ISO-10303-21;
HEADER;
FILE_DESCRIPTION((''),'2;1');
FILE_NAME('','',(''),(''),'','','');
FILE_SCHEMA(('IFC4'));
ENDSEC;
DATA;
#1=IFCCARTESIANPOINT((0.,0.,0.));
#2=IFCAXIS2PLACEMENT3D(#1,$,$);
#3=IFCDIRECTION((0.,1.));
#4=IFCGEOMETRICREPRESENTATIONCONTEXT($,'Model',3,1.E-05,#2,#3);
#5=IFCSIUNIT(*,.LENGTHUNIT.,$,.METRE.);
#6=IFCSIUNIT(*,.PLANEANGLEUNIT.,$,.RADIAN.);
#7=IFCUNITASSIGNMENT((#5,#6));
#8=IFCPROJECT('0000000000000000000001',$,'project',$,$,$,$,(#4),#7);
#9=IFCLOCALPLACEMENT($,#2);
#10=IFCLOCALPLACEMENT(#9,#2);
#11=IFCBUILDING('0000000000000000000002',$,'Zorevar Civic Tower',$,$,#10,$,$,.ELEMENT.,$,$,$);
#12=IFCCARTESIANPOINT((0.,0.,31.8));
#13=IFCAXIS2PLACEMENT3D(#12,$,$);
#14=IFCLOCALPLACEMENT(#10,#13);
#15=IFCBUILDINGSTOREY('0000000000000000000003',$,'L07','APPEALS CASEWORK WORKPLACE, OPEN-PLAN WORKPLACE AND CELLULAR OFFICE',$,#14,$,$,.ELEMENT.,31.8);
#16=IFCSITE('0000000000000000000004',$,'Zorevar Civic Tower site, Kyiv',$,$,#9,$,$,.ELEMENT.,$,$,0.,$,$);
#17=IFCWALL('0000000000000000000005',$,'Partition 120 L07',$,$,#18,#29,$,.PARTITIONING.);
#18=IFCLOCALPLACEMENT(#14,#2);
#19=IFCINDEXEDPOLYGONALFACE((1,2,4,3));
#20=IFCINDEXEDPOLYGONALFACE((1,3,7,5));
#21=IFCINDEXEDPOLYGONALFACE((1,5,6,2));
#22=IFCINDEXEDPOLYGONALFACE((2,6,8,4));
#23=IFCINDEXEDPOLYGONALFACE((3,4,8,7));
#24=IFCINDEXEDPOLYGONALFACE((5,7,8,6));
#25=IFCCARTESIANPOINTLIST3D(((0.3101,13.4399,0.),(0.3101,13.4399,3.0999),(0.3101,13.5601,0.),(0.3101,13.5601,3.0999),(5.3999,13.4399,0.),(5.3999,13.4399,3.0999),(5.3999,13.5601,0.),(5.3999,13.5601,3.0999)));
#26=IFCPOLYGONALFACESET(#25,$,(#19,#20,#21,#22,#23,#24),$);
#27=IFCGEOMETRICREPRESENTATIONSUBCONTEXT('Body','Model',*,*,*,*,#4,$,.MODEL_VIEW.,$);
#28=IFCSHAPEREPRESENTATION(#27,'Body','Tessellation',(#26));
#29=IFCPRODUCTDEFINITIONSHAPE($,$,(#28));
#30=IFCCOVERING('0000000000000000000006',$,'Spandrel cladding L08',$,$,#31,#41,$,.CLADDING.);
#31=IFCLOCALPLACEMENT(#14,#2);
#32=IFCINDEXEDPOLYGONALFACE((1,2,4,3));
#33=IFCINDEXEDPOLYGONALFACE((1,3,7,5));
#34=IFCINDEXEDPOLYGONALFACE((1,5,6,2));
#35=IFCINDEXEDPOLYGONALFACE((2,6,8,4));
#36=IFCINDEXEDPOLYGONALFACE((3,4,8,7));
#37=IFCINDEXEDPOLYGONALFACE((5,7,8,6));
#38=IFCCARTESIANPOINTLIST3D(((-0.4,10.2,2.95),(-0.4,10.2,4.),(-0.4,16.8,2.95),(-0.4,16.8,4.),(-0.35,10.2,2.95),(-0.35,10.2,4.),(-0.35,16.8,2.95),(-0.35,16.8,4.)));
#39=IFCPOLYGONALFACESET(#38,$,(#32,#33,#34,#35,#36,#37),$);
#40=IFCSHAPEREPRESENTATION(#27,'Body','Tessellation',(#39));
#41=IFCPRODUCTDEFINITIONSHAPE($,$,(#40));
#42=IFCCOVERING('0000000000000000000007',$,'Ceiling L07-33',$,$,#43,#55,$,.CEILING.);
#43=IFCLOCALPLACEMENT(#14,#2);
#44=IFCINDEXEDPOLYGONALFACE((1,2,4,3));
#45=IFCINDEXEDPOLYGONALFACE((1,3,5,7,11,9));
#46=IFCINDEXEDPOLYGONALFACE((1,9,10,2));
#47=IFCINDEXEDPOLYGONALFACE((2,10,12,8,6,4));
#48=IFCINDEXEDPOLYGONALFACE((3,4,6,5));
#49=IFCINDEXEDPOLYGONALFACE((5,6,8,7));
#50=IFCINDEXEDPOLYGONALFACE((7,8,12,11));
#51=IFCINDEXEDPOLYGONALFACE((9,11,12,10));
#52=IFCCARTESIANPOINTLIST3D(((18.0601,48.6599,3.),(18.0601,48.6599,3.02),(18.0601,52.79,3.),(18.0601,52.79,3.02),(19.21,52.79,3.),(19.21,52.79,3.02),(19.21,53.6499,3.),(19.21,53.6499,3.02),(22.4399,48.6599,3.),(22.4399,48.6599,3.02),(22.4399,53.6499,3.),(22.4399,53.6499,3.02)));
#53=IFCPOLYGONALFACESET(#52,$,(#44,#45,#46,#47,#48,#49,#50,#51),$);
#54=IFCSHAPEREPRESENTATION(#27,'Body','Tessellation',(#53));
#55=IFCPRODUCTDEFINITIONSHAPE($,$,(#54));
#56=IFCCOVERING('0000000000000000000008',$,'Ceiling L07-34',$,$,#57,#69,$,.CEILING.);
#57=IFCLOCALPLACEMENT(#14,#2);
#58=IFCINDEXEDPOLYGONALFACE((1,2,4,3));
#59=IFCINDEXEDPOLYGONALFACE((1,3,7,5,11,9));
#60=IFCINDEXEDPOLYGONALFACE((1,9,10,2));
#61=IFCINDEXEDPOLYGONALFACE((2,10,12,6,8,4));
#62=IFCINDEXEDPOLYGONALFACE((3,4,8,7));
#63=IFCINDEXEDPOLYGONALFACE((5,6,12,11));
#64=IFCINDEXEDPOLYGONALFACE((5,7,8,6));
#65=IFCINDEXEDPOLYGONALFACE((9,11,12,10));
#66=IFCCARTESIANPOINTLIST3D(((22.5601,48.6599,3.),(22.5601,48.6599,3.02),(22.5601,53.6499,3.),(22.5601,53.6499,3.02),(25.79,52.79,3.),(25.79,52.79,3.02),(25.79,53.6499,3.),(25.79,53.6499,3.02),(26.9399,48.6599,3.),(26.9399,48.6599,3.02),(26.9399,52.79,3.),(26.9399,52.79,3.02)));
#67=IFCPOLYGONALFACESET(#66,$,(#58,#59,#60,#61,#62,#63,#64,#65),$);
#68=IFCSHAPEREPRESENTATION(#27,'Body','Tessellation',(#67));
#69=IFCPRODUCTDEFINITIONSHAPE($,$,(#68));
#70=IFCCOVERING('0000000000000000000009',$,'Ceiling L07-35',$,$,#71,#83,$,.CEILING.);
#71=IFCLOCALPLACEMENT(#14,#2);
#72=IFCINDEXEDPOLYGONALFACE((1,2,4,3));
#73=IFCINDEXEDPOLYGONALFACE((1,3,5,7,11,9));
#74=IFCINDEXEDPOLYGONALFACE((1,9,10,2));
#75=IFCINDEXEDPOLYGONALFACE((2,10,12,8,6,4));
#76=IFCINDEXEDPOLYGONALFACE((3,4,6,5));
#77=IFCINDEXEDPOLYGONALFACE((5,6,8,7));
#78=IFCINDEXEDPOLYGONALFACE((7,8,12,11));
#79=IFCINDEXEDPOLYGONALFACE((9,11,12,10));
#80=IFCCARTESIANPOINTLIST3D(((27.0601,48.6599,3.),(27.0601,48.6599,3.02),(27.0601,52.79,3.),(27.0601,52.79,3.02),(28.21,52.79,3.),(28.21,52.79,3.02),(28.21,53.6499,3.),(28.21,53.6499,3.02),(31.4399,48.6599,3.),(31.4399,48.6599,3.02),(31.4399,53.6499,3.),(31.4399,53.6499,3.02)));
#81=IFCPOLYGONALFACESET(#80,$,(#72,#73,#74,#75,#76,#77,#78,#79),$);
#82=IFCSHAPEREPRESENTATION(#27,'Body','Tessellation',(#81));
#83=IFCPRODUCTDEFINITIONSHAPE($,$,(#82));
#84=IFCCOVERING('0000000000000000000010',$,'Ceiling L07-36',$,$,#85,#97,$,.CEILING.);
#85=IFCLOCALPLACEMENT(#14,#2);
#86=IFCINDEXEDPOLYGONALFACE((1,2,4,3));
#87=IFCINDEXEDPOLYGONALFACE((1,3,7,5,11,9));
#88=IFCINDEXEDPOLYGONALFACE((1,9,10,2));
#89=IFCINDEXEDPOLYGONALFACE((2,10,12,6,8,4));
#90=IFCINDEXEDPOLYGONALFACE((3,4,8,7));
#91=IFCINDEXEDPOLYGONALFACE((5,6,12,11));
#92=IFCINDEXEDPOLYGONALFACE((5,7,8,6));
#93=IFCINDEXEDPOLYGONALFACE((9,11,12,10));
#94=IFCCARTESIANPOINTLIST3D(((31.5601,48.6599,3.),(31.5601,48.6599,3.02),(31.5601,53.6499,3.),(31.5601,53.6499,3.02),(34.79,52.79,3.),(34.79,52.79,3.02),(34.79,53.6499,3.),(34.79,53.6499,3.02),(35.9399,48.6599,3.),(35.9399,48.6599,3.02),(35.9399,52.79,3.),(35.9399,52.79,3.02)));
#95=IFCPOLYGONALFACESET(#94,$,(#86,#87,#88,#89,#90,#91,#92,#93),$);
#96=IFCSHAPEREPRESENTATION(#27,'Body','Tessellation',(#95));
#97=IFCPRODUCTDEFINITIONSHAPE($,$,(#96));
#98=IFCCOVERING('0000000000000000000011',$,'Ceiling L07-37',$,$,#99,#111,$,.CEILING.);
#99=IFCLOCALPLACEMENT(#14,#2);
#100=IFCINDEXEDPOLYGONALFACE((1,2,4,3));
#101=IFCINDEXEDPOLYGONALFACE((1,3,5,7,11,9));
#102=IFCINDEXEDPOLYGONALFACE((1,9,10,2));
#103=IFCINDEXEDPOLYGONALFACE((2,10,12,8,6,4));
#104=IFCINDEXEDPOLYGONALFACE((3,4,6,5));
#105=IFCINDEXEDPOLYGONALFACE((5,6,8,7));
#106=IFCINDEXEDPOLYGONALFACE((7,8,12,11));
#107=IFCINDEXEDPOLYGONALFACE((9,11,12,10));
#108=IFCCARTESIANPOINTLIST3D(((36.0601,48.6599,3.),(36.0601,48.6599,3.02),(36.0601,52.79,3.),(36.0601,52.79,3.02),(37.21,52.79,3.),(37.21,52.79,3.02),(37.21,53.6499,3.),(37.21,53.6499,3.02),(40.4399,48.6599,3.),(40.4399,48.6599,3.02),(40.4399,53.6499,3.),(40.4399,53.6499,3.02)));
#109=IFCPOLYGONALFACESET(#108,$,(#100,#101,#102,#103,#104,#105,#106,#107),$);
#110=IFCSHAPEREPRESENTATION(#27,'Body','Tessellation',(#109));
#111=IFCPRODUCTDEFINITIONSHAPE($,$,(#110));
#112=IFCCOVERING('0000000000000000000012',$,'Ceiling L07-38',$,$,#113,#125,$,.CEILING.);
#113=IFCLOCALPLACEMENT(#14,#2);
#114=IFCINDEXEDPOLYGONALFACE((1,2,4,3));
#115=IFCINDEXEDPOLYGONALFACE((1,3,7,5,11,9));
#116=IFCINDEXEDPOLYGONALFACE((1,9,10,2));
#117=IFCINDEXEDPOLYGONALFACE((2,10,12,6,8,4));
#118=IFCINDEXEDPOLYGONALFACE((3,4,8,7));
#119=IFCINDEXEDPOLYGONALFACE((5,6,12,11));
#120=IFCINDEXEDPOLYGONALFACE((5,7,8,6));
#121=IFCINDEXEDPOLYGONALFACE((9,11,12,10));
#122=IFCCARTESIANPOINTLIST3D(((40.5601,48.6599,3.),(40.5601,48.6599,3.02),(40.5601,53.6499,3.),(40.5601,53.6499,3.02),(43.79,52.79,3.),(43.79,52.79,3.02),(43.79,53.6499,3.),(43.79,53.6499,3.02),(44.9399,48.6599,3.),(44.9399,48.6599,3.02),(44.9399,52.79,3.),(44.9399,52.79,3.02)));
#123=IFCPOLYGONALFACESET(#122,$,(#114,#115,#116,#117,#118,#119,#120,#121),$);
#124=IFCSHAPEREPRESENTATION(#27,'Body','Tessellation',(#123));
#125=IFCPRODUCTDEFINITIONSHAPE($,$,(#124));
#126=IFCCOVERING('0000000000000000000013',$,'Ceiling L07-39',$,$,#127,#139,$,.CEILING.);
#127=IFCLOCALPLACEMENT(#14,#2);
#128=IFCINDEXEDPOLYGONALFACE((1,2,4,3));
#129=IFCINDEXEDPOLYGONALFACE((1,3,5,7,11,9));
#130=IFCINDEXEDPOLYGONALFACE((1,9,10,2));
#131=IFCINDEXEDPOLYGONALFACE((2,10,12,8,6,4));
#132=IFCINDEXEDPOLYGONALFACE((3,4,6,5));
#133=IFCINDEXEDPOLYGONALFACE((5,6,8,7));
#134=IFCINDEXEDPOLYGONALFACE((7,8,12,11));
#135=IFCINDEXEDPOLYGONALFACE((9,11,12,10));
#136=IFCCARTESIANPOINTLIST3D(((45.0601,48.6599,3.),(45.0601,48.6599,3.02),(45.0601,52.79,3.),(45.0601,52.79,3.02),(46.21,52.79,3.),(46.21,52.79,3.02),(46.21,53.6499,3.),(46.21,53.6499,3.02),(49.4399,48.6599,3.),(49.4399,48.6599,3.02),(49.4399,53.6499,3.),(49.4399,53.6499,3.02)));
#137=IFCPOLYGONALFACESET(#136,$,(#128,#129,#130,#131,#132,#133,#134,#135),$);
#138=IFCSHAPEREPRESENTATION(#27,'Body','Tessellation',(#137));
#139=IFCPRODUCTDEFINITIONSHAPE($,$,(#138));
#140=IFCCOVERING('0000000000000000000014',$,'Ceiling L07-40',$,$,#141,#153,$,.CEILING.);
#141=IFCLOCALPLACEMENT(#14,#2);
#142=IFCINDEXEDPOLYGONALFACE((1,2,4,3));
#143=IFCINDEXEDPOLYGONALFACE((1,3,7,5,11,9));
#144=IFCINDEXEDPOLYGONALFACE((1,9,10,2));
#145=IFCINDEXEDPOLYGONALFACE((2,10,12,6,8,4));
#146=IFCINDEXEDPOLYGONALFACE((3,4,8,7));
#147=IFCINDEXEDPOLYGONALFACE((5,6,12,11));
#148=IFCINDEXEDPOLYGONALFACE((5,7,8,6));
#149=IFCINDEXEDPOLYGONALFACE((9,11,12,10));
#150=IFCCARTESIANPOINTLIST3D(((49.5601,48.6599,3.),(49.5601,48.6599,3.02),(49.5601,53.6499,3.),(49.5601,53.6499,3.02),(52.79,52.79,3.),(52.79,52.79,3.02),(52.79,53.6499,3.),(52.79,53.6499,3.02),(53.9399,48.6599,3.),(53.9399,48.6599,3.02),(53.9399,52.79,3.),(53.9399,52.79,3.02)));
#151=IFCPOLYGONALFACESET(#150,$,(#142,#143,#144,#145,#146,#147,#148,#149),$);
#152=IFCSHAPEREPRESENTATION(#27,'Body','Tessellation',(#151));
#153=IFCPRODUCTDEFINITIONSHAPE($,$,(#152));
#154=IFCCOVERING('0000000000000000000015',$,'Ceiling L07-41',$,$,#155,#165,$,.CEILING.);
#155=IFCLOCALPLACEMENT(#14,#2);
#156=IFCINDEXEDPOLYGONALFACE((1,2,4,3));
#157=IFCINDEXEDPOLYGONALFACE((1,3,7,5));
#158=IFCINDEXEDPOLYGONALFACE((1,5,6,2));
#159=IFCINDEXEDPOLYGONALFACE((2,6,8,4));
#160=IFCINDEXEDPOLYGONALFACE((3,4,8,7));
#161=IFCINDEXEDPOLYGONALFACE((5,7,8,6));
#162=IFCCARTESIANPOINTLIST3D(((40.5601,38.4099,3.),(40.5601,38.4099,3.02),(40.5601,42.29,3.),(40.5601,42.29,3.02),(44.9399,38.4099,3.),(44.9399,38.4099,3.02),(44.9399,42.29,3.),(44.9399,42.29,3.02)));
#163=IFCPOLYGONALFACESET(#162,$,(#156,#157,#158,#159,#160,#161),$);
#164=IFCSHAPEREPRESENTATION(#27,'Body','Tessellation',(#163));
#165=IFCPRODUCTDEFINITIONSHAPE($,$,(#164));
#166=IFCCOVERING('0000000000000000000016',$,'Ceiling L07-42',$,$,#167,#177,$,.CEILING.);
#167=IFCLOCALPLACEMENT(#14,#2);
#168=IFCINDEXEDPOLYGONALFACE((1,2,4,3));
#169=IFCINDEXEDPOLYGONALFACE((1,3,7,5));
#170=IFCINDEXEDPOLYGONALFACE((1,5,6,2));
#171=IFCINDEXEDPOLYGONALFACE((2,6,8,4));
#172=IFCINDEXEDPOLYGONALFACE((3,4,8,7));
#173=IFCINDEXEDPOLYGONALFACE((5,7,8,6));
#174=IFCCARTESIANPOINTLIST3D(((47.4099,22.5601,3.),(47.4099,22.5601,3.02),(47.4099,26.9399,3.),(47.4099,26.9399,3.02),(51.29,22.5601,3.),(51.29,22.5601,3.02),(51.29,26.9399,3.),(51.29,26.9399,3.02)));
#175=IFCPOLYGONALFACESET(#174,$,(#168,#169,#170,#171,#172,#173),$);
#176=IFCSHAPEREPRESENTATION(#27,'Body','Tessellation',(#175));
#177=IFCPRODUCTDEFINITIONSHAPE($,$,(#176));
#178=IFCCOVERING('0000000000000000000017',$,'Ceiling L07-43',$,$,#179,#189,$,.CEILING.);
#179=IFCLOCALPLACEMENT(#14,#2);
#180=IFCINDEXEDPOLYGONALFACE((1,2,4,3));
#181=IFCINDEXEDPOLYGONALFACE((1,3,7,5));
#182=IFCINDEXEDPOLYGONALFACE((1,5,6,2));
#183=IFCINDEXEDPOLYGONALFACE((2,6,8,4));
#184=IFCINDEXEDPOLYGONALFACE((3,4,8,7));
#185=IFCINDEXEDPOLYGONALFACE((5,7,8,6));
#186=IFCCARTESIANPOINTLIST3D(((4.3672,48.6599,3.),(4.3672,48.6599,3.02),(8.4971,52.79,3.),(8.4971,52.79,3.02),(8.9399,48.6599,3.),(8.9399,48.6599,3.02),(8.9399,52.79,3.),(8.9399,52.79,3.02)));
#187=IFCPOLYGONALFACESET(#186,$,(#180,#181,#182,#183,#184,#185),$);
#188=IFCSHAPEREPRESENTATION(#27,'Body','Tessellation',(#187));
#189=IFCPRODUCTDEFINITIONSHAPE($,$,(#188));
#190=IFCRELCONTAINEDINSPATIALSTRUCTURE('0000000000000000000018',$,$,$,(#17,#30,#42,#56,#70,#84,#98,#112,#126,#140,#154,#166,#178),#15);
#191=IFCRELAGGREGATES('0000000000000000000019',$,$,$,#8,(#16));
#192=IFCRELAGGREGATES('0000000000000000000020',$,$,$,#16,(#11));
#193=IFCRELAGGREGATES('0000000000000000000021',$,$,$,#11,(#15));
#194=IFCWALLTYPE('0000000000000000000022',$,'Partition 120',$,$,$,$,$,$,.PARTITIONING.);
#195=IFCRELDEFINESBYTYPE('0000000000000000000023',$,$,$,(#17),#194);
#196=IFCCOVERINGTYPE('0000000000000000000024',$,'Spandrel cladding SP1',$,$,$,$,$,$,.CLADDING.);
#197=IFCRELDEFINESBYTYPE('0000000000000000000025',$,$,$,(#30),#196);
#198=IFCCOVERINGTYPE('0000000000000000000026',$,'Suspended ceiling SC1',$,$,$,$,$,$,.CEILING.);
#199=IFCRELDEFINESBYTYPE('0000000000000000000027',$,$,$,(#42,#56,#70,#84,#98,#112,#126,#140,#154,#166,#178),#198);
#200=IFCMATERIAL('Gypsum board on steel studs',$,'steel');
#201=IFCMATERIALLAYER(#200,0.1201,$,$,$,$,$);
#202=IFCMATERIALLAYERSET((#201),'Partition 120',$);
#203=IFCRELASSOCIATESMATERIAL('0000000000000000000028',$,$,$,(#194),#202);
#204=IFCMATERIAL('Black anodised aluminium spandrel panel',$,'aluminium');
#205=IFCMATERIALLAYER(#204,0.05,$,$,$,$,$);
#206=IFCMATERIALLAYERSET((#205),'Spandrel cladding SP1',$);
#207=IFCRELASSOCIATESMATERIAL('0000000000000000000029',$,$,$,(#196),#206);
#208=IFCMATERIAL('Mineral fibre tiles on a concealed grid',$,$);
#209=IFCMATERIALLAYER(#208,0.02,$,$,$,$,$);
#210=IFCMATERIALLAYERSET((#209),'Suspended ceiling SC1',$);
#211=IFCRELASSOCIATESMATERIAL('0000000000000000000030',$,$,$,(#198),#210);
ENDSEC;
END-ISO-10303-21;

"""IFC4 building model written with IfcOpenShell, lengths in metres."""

from ifc_helpers import new_model, si_unit, direction, frame, frame_2d, origin, place, context, subcontext, project, spatial, polyline, rectangle, outline, extrude, material, layer, layer_set, type_object, element, save


model = new_model("IFC4")

# Units and contexts
model_context = context("Model", 3, precision=1e-05, world=origin(), true_north=direction((0.0, 1.0)))
body_context = subcontext(model_context, "Body", "Model", "MODEL_VIEW")
ifc_project = project(units=[si_unit("LENGTHUNIT", "METRE"), si_unit("PLANEANGLEUNIT", "RADIAN")], contexts=[model_context])

# Site, building, storey
site_placement = place(None, origin())
site = spatial("IfcSite", under=ifc_project, at=site_placement, Name="Zorevar Civic Tower site, Kyiv", CompositionType="ELEMENT", RefElevation=0.0)
building_placement = place(site_placement, origin())
building = spatial("IfcBuilding", under=site, at=building_placement, Name="Zorevar Civic Tower", CompositionType="ELEMENT")
storey_placement = place(building_placement, frame((0.0, 0.0, 31.8)))
storey = spatial("IfcBuildingStorey", under=building, at=storey_placement, Name="L07", Description="APPEALS CASEWORK WORKPLACE, OPEN-PLAN WORKPLACE AND CELLULAR OFFICE", CompositionType="ELEMENT", Elevation=31.8)

# Wall
ifc_material_1 = material(Name="Gypsum board on steel studs", Category="steel")
ifc_layer_1 = layer(ifc_material_1, 0.1201)
ifc_layer_set_1 = layer_set([ifc_layer_1], Name="Partition 120")
wall_type = type_object("IfcWallType", Name="Partition 120", PredefinedType="PARTITIONING", material=ifc_layer_set_1)
wall_placement = place(storey_placement, frame((0.3101, 13.5, 0.0), z_axis=(0.0, 0.0, 1.0), x_axis=(1.0, 0.0, 0.0)))
element("IfcWall", 1, at=wall_placement, inside=storey, type_object=wall_type, Name="Partition 120 L07", PredefinedType="PARTITIONING", context=body_context, shape_type="SweptSolid", body=[
    extrude(rectangle(XDim=5.0898, YDim=0.1201, at=frame_2d((2.5449, 0.0))), origin(), (0.0, 0.0, 1.0), 3.0999),
])

# Coverings
ifc_material_2 = material(Name="Black anodised aluminium spandrel panel", Category="aluminium")
ifc_layer_2 = layer(ifc_material_2, 0.05)
ifc_layer_set_2 = layer_set([ifc_layer_2], Name="Spandrel cladding SP1")
covering_type_1 = type_object("IfcCoveringType", Name="Spandrel cladding SP1", PredefinedType="CLADDING", material=ifc_layer_set_2)
covering_1_placement = place(storey_placement, frame((-0.375, 10.2, 2.95), z_axis=(0.0, 0.0, 1.0), x_axis=(0.0, 1.0, 0.0)))
element("IfcCovering", 2, at=covering_1_placement, inside=storey, type_object=covering_type_1, Name="Spandrel cladding L08", PredefinedType="CLADDING", context=body_context, shape_type="SweptSolid", body=[
    extrude(rectangle(XDim=6.6001, YDim=0.05, at=frame_2d((3.3, 0.0))), origin(), (0.0, 0.0, 1.0), 1.05),
])
ifc_material_3 = material(Name="Mineral fibre tiles on a concealed grid")
ifc_layer_3 = layer(ifc_material_3, 0.02)
ifc_layer_set_3 = layer_set([ifc_layer_3], Name="Suspended ceiling SC1")
covering_type_2 = type_object("IfcCoveringType", Name="Suspended ceiling SC1", PredefinedType="CEILING", material=ifc_layer_set_3)
covering_2_placement = place(storey_placement, frame((0.0, 0.0, 3.0)))
element("IfcCovering", 3, at=covering_2_placement, inside=storey, type_object=covering_type_2, Name="Ceiling L07-33", PredefinedType="CEILING", context=body_context, shape_type="SweptSolid", body=[
    extrude(outline(polyline([(18.0601, 48.6599), (18.0601, 52.79), (19.21, 52.79), (19.21, 53.6499), (22.4399, 53.6499), (22.4399, 48.6599), (18.0601, 48.6599)])), origin(), (0.0, 0.0, 1.0), 0.02),
])
covering_3_placement = place(storey_placement, frame((0.0, 0.0, 3.0)))
element("IfcCovering", 4, at=covering_3_placement, inside=storey, type_object=covering_type_2, Name="Ceiling L07-34", PredefinedType="CEILING", context=body_context, shape_type="SweptSolid", body=[
    extrude(outline(polyline([(22.5601, 48.6599), (22.5601, 53.6499), (25.79, 53.6499), (25.79, 52.79), (26.9399, 52.79), (26.9399, 48.6599), (22.5601, 48.6599)])), origin(), (0.0, 0.0, 1.0), 0.02),
])
covering_4_placement = place(storey_placement, frame((0.0, 0.0, 3.0)))
element("IfcCovering", 5, at=covering_4_placement, inside=storey, type_object=covering_type_2, Name="Ceiling L07-35", PredefinedType="CEILING", context=body_context, shape_type="SweptSolid", body=[
    extrude(outline(polyline([(27.0601, 48.6599), (27.0601, 52.79), (28.21, 52.79), (28.21, 53.6499), (31.4399, 53.6499), (31.4399, 48.6599), (27.0601, 48.6599)])), origin(), (0.0, 0.0, 1.0), 0.02),
])
covering_5_placement = place(storey_placement, frame((0.0, 0.0, 3.0)))
element("IfcCovering", 6, at=covering_5_placement, inside=storey, type_object=covering_type_2, Name="Ceiling L07-36", PredefinedType="CEILING", context=body_context, shape_type="SweptSolid", body=[
    extrude(outline(polyline([(31.5601, 48.6599), (31.5601, 53.6499), (34.79, 53.6499), (34.79, 52.79), (35.9399, 52.79), (35.9399, 48.6599), (31.5601, 48.6599)])), origin(), (0.0, 0.0, 1.0), 0.02),
])
covering_6_placement = place(storey_placement, frame((0.0, 0.0, 3.0)))
element("IfcCovering", 7, at=covering_6_placement, inside=storey, type_object=covering_type_2, Name="Ceiling L07-37", PredefinedType="CEILING", context=body_context, shape_type="SweptSolid", body=[
    extrude(outline(polyline([(36.0601, 48.6599), (36.0601, 52.79), (37.21, 52.79), (37.21, 53.6499), (40.4399, 53.6499), (40.4399, 48.6599), (36.0601, 48.6599)])), origin(), (0.0, 0.0, 1.0), 0.02),
])
covering_7_placement = place(storey_placement, frame((0.0, 0.0, 3.0)))
element("IfcCovering", 8, at=covering_7_placement, inside=storey, type_object=covering_type_2, Name="Ceiling L07-38", PredefinedType="CEILING", context=body_context, shape_type="SweptSolid", body=[
    extrude(outline(polyline([(40.5601, 48.6599), (40.5601, 53.6499), (43.79, 53.6499), (43.79, 52.79), (44.9399, 52.79), (44.9399, 48.6599), (40.5601, 48.6599)])), origin(), (0.0, 0.0, 1.0), 0.02),
])
covering_8_placement = place(storey_placement, frame((0.0, 0.0, 3.0)))
element("IfcCovering", 9, at=covering_8_placement, inside=storey, type_object=covering_type_2, Name="Ceiling L07-39", PredefinedType="CEILING", context=body_context, shape_type="SweptSolid", body=[
    extrude(outline(polyline([(45.0601, 48.6599), (45.0601, 52.79), (46.21, 52.79), (46.21, 53.6499), (49.4399, 53.6499), (49.4399, 48.6599), (45.0601, 48.6599)])), origin(), (0.0, 0.0, 1.0), 0.02),
])
covering_9_placement = place(storey_placement, frame((0.0, 0.0, 3.0)))
element("IfcCovering", 10, at=covering_9_placement, inside=storey, type_object=covering_type_2, Name="Ceiling L07-40", PredefinedType="CEILING", context=body_context, shape_type="SweptSolid", body=[
    extrude(outline(polyline([(49.5601, 48.6599), (49.5601, 53.6499), (52.79, 53.6499), (52.79, 52.79), (53.9399, 52.79), (53.9399, 48.6599), (49.5601, 48.6599)])), origin(), (0.0, 0.0, 1.0), 0.02),
])
covering_10_placement = place(storey_placement, frame((0.0, 0.0, 3.0)))
element("IfcCovering", 11, at=covering_10_placement, inside=storey, type_object=covering_type_2, Name="Ceiling L07-41", PredefinedType="CEILING", context=body_context, shape_type="SweptSolid", body=[
    extrude(outline(polyline([(44.9399, 38.4099), (40.5601, 38.4099), (40.5601, 42.29), (44.9399, 42.29), (44.9399, 38.4099)])), origin(), (0.0, 0.0, 1.0), 0.02),
])
covering_11_placement = place(storey_placement, frame((0.0, 0.0, 3.0)))
element("IfcCovering", 12, at=covering_11_placement, inside=storey, type_object=covering_type_2, Name="Ceiling L07-42", PredefinedType="CEILING", context=body_context, shape_type="SweptSolid", body=[
    extrude(outline(polyline([(47.4099, 22.5601), (47.4099, 26.9399), (51.29, 26.9399), (51.29, 22.5601), (47.4099, 22.5601)])), origin(), (0.0, 0.0, 1.0), 0.02),
])
covering_12_placement = place(storey_placement, frame((0.0, 0.0, 3.0)))
element("IfcCovering", 13, at=covering_12_placement, inside=storey, type_object=covering_type_2, Name="Ceiling L07-43", PredefinedType="CEILING", context=body_context, shape_type="SweptSolid", body=[
    extrude(outline(polyline([(8.9399, 52.79), (8.9399, 48.6599), (4.3672, 48.6599), (8.4971, 52.79), (8.9399, 52.79)])), origin(), (0.0, 0.0, 1.0), 0.02),
])

save(model, "model.ifc")
